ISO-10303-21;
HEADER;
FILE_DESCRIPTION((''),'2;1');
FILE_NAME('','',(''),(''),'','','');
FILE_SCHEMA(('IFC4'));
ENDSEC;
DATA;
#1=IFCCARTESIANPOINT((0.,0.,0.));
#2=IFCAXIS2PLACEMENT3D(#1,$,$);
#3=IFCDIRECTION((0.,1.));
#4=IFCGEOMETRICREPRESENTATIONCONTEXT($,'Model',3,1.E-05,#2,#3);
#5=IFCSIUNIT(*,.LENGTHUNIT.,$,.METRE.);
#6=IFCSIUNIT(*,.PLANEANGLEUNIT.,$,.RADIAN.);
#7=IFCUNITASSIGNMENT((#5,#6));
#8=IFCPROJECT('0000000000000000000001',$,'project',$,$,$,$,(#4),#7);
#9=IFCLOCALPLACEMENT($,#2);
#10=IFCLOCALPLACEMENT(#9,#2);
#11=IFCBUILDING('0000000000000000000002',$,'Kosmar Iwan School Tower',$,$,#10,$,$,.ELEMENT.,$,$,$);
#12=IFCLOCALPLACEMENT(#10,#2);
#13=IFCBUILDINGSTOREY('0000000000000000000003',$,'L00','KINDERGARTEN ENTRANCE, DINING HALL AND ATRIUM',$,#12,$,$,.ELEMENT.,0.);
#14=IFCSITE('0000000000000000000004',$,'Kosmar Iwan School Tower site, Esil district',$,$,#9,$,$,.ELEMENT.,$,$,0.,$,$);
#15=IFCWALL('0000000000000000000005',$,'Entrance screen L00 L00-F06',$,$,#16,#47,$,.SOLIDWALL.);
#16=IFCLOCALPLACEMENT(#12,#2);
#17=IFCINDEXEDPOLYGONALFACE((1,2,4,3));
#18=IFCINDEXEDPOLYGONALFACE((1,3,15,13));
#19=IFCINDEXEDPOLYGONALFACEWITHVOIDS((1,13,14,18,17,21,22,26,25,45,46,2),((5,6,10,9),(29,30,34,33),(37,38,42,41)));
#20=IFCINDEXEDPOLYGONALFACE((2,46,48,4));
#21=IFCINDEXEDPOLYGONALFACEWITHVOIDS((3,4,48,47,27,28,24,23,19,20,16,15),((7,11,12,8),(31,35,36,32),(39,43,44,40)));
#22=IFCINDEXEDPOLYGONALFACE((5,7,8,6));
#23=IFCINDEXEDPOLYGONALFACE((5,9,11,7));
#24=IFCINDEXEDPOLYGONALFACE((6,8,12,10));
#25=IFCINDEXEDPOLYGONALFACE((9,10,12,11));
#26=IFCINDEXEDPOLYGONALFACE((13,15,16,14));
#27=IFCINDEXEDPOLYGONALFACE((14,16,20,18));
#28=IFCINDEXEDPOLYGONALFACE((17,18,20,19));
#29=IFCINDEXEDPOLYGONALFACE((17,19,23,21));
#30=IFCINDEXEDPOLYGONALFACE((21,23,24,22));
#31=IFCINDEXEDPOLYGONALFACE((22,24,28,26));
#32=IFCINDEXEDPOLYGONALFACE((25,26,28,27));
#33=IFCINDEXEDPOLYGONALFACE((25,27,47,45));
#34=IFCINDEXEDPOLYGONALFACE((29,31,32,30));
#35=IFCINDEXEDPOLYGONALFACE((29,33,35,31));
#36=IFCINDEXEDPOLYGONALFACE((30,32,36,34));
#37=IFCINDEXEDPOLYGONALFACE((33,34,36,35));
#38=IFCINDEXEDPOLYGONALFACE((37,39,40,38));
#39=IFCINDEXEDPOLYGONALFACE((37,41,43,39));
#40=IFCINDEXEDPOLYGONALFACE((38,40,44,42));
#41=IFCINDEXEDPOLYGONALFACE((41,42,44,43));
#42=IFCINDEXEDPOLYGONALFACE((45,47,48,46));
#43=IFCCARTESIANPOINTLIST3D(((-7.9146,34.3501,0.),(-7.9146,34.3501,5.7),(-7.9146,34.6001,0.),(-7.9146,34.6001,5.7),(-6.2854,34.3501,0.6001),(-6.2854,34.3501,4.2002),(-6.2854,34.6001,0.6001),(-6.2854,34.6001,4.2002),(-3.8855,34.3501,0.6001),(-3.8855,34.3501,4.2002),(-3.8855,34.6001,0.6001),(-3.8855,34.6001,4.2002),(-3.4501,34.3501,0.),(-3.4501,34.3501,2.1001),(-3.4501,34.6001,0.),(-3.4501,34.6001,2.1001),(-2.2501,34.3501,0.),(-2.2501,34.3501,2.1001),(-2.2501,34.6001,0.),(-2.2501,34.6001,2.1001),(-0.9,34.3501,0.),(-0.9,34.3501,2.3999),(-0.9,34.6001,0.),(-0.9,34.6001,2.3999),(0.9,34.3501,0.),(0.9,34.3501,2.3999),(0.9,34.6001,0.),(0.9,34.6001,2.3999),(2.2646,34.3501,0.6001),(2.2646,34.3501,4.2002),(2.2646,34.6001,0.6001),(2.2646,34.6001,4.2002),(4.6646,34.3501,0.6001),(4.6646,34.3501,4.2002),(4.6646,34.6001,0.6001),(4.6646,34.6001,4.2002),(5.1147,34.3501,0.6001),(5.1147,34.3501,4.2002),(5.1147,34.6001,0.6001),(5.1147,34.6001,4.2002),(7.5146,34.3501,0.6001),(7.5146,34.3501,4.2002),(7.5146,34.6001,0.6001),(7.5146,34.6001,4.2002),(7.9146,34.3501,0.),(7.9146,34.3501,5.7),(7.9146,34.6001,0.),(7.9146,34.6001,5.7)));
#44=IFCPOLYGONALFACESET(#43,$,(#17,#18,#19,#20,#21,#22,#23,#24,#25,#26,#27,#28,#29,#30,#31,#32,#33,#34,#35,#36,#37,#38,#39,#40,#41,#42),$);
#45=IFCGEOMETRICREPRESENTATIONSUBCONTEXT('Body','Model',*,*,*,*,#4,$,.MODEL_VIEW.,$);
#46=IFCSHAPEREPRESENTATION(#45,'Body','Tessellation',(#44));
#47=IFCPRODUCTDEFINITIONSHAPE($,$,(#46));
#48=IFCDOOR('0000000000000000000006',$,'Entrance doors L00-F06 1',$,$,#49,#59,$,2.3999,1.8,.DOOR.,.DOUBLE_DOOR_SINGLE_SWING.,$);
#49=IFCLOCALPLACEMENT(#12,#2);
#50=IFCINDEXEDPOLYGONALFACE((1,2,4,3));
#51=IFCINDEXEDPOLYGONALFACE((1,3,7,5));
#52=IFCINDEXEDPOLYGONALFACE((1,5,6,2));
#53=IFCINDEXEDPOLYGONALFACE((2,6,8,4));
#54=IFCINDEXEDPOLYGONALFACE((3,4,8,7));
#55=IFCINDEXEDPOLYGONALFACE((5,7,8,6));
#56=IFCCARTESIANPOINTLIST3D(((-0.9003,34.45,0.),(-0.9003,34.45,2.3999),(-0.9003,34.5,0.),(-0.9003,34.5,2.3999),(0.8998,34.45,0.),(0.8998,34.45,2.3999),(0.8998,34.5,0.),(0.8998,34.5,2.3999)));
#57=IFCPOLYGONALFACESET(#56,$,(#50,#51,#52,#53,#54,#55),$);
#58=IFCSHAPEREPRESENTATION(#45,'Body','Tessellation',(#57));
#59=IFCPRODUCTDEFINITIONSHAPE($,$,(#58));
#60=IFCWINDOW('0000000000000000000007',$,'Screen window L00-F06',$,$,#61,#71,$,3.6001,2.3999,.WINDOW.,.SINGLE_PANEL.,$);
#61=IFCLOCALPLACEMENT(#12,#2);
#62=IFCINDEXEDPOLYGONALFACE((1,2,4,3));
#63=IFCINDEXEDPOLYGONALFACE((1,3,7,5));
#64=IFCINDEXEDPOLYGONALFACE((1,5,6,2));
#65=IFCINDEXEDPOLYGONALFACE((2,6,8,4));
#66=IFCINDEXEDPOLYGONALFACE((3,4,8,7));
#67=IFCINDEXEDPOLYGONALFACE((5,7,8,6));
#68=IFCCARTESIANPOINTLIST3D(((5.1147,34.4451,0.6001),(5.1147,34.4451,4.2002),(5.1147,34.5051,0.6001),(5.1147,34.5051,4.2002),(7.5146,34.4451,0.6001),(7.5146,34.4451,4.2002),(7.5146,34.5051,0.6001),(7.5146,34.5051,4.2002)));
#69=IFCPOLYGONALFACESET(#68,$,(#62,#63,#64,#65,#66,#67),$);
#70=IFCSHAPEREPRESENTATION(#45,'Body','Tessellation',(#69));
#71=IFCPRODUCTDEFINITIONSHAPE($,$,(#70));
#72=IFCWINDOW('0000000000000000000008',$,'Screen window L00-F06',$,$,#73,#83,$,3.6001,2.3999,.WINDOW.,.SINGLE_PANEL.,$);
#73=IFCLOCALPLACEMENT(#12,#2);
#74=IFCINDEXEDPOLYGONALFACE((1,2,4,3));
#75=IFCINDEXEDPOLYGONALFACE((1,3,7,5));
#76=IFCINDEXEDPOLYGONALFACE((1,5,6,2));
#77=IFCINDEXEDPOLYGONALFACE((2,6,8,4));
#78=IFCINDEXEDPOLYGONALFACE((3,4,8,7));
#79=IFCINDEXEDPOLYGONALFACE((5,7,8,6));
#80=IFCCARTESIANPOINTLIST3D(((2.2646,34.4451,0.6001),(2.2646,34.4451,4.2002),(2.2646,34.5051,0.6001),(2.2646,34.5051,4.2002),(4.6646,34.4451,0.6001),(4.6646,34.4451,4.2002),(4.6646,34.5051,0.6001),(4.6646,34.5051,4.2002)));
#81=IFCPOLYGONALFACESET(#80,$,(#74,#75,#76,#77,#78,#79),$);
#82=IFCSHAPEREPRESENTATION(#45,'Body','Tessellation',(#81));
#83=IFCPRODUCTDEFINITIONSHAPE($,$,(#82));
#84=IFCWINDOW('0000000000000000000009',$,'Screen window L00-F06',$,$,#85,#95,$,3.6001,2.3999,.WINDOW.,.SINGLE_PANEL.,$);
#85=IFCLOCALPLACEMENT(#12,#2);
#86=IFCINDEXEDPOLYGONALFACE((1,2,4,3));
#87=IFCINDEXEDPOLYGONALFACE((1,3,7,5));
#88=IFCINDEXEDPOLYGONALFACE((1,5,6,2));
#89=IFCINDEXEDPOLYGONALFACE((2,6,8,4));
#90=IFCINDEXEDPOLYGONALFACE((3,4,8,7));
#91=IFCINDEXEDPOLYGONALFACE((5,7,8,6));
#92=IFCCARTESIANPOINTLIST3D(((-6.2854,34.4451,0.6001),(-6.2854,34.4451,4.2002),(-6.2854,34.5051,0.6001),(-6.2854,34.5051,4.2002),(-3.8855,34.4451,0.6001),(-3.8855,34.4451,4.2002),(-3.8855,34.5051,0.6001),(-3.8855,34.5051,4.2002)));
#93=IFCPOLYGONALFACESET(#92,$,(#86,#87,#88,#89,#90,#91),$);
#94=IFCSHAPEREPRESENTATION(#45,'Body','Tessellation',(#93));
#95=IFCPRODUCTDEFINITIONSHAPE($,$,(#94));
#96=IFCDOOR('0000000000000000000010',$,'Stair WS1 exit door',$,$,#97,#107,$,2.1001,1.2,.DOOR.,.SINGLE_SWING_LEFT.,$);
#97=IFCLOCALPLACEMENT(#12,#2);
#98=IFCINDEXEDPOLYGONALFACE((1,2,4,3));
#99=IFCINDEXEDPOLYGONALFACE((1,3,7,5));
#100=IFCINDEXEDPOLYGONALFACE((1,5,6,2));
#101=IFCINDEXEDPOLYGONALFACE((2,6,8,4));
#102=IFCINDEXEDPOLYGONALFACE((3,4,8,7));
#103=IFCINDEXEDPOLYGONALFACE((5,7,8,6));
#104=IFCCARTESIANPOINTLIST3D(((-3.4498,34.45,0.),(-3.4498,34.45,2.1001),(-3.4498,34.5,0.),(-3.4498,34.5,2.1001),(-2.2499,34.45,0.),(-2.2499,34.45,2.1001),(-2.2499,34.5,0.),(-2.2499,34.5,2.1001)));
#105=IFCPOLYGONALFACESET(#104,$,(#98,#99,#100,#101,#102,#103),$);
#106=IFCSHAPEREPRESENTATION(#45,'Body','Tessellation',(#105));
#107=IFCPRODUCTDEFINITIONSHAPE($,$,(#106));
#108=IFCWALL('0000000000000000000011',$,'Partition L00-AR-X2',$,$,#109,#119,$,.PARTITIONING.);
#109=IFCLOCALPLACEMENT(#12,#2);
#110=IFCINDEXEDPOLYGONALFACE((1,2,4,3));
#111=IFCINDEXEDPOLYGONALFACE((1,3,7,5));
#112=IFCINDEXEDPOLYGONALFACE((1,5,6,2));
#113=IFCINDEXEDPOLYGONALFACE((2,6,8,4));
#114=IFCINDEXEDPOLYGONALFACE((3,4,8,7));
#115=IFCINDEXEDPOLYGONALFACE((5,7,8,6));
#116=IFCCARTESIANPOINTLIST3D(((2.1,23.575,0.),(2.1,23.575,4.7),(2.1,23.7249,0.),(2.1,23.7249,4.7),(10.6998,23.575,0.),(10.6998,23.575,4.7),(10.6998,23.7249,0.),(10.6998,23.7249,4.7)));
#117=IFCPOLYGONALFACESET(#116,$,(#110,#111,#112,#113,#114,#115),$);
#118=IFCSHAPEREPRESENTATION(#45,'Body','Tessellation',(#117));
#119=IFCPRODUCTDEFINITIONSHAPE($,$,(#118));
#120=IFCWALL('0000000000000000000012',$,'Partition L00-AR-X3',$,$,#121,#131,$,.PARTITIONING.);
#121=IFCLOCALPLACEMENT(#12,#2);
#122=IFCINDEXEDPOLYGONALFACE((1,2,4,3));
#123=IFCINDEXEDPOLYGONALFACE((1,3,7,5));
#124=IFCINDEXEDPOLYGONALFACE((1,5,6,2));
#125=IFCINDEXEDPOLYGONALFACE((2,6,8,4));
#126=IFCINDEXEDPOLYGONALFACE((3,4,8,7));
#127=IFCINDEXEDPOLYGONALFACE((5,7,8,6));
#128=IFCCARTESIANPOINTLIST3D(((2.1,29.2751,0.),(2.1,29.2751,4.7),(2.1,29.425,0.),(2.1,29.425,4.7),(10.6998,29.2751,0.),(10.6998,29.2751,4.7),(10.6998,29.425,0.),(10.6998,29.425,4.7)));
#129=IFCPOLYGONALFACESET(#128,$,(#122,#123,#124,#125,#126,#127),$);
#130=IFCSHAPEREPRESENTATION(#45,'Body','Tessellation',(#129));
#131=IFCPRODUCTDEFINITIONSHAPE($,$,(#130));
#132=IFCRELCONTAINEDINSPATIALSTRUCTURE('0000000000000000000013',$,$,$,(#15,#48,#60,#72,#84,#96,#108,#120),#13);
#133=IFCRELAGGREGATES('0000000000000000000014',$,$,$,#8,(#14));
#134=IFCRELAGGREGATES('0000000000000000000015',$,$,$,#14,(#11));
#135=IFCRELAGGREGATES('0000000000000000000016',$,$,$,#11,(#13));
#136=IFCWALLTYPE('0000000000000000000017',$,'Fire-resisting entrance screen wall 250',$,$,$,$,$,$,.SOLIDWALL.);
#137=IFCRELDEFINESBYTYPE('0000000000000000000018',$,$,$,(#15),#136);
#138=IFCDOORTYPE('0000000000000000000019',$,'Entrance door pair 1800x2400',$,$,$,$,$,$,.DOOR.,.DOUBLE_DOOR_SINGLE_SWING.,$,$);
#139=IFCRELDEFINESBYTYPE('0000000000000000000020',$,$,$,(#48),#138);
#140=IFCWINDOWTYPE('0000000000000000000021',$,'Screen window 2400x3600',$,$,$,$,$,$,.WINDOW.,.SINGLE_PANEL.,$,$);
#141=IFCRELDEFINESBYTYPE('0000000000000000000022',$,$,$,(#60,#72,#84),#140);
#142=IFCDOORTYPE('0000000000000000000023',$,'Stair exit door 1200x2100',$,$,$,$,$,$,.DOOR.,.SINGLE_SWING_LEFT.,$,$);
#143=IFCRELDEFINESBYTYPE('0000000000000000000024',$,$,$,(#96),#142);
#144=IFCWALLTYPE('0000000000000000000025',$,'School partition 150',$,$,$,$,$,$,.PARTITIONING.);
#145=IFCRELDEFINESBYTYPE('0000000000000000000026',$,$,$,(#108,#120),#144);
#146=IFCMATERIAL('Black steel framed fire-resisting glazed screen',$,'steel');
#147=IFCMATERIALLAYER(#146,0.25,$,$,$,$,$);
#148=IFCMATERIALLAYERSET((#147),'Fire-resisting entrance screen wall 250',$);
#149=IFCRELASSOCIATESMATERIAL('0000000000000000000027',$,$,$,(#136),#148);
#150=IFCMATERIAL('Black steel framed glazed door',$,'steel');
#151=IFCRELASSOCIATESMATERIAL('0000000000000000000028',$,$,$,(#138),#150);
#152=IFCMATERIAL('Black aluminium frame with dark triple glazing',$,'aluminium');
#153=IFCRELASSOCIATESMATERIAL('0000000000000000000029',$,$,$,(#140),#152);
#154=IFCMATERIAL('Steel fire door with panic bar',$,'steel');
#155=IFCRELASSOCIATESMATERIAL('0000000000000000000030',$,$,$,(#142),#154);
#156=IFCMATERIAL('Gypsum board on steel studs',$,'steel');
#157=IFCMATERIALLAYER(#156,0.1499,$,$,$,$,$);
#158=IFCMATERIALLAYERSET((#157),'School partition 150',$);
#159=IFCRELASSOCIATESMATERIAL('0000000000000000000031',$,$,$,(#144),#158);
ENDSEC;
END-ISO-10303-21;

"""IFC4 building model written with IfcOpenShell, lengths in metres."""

from ifc_helpers import new_model, si_unit, direction, frame, frame_2d, origin, place, context, subcontext, project, spatial, rectangle, extrude, material, layer, layer_set, type_object, element, fill, save


model = new_model("IFC4")

# Units and contexts
model_context = context("Model", 3, precision=1e-05, world=origin(), true_north=direction((0.0, 1.0)))
body_context = subcontext(model_context, "Body", "Model", "MODEL_VIEW")
ifc_project = project(units=[si_unit("LENGTHUNIT", "METRE"), si_unit("PLANEANGLEUNIT", "RADIAN")], contexts=[model_context])

# Site, building, storey
site_placement = place(None, origin())
site = spatial("IfcSite", under=ifc_project, at=site_placement, Name="Kosmar Iwan School Tower site, Esil district", CompositionType="ELEMENT", RefElevation=0.0)
building_placement = place(site_placement, origin())
building = spatial("IfcBuilding", under=site, at=building_placement, Name="Kosmar Iwan School Tower", CompositionType="ELEMENT")
storey_placement = place(building_placement, origin())
storey = spatial("IfcBuildingStorey", under=building, at=storey_placement, Name="L00", Description="KINDERGARTEN ENTRANCE, DINING HALL AND ATRIUM", CompositionType="ELEMENT", Elevation=0.0)

# Wall, openings, doors, windows
ifc_material_1 = material(Name="Black steel framed fire-resisting glazed screen", Category="steel")
ifc_layer_1 = layer(ifc_material_1, 0.25)
ifc_layer_set_1 = layer_set([ifc_layer_1], Name="Fire-resisting entrance screen wall 250")
wall_type_1 = type_object("IfcWallType", Name="Fire-resisting entrance screen wall 250", PredefinedType="SOLIDWALL", material=ifc_layer_set_1)
wall_1_placement = place(storey_placement, frame((7.9146, 34.4751, 0.0), z_axis=(0.0, 0.0, 1.0), x_axis=(-1.0, 0.0, 0.0)))
wall_1 = element("IfcWall", 1, at=wall_1_placement, inside=storey, type_object=wall_type_1, Name="Entrance screen L00 L00-F06", PredefinedType="SOLIDWALL", context=body_context, shape_type="SweptSolid", body=[
    extrude(rectangle(XDim=15.8291, YDim=0.25, at=frame_2d((7.9146, 0.0))), origin(), (0.0, 0.0, 1.0), 5.7),
])
opening_1_placement = place(wall_1_placement, frame((7.0146, 0.0, 0.0)))
opening_1 = element("IfcOpeningElement", 2, at=opening_1_placement, cuts=wall_1, PredefinedType="OPENING", context=body_context, shape_type="SweptSolid", body=[
    extrude(rectangle(XDim=1.8, YDim=2.3999, at=frame_2d((0.8999, 1.2))), frame((0.0, 0.137, 0.0), z_axis=(0.0, -1.0, 0.0), x_axis=(1.0, 0.0, 0.0)), (0.0, 0.0, 1.0), 0.2739),
])
opening_2_placement = place(wall_1_placement, frame((0.3999, 0.0, 0.6001)))
opening_2 = element("IfcOpeningElement", 3, at=opening_2_placement, cuts=wall_1, PredefinedType="OPENING", context=body_context, shape_type="SweptSolid", body=[
    extrude(rectangle(XDim=2.3999, YDim=3.6001, at=frame_2d((1.2, 1.8))), frame((0.0, 0.137, 0.0), z_axis=(0.0, -1.0, 0.0), x_axis=(1.0, 0.0, 0.0)), (0.0, 0.0, 1.0), 0.2739),
])
opening_3_placement = place(wall_1_placement, frame((3.25, 0.0, 0.6001)))
opening_3 = element("IfcOpeningElement", 4, at=opening_3_placement, cuts=wall_1, PredefinedType="OPENING", context=body_context, shape_type="SweptSolid", body=[
    extrude(rectangle(XDim=2.3999, YDim=3.6001, at=frame_2d((1.2, 1.8))), frame((0.0, 0.137, 0.0), z_axis=(0.0, -1.0, 0.0), x_axis=(1.0, 0.0, 0.0)), (0.0, 0.0, 1.0), 0.2739),
])
opening_4_placement = place(wall_1_placement, frame((11.8, 0.0, 0.6001)))
opening_4 = element("IfcOpeningElement", 5, at=opening_4_placement, cuts=wall_1, PredefinedType="OPENING", context=body_context, shape_type="SweptSolid", body=[
    extrude(rectangle(XDim=2.3999, YDim=3.6001, at=frame_2d((1.2, 1.8))), frame((0.0, 0.137, 0.0), z_axis=(0.0, -1.0, 0.0), x_axis=(1.0, 0.0, 0.0)), (0.0, 0.0, 1.0), 0.2739),
])
opening_5_placement = place(wall_1_placement, frame((10.1646, 0.0, 0.0)))
opening_5 = element("IfcOpeningElement", 6, at=opening_5_placement, cuts=wall_1, PredefinedType="OPENING", context=body_context, shape_type="SweptSolid", body=[
    extrude(rectangle(XDim=1.2, YDim=2.1001, at=frame_2d((0.6001, 1.05))), frame((0.0, 0.137, 0.0), z_axis=(0.0, -1.0, 0.0), x_axis=(1.0, 0.0, 0.0)), (0.0, 0.0, 1.0), 0.2739),
])
ifc_material_2 = material(Name="Black steel framed glazed door", Category="steel")
door_type_1 = type_object("IfcDoorType", Name="Entrance door pair 1800x2400", OperationType="DOUBLE_DOOR_SINGLE_SWING", PredefinedType="DOOR", material=ifc_material_2)
door_1_placement = place(opening_1_placement, frame((1.8, 0.0, 0.0), z_axis=(0.0, 0.0, 1.0), x_axis=(-1.0, 0.0, 0.0)))
door_1 = element("IfcDoor", 7, at=door_1_placement, inside=storey, type_object=door_type_1, Name="Entrance doors L00-F06 1", OperationType="DOUBLE_DOOR_SINGLE_SWING", OverallHeight=2.3999, OverallWidth=1.8, PredefinedType="DOOR", context=body_context, shape_type="SweptSolid", body=[
    extrude(rectangle(XDim=1.8, YDim=2.3999, at=frame_2d((0.8999, 1.2))), frame((0.0, 0.0249, 0.0), z_axis=(0.0, -1.0, 0.0), x_axis=(1.0, 0.0, 0.0)), (0.0, 0.0, 1.0), 0.05),
])
fill(opening_1, door_1)
ifc_material_3 = material(Name="Black aluminium frame with dark triple glazing", Category="aluminium")
window_type = type_object("IfcWindowType", Name="Screen window 2400x3600", PartitioningType="SINGLE_PANEL", PredefinedType="WINDOW", material=ifc_material_3)
window_1_placement = place(opening_2_placement, origin())
window_1 = element("IfcWindow", 8, at=window_1_placement, inside=storey, type_object=window_type, Name="Screen window L00-F06", OverallHeight=3.6001, OverallWidth=2.3999, PartitioningType="SINGLE_PANEL", PredefinedType="WINDOW", context=body_context, shape_type="SweptSolid", body=[
    extrude(rectangle(XDim=2.3999, YDim=3.6001, at=frame_2d((1.2, 1.8))), frame((0.0, 0.03, 0.0), z_axis=(0.0, -1.0, 0.0), x_axis=(1.0, 0.0, 0.0)), (0.0, 0.0, 1.0), 0.0601),
])
fill(opening_2, window_1)
window_2_placement = place(opening_3_placement, origin())
window_2 = element("IfcWindow", 9, at=window_2_placement, inside=storey, type_object=window_type, Name="Screen window L00-F06", OverallHeight=3.6001, OverallWidth=2.3999, PartitioningType="SINGLE_PANEL", PredefinedType="WINDOW", context=body_context, shape_type="SweptSolid", body=[
    extrude(rectangle(XDim=2.3999, YDim=3.6001, at=frame_2d((1.2, 1.8))), frame((0.0, 0.03, 0.0), z_axis=(0.0, -1.0, 0.0), x_axis=(1.0, 0.0, 0.0)), (0.0, 0.0, 1.0), 0.0601),
])
fill(opening_3, window_2)
window_3_placement = place(opening_4_placement, origin())
window_3 = element("IfcWindow", 10, at=window_3_placement, inside=storey, type_object=window_type, Name="Screen window L00-F06", OverallHeight=3.6001, OverallWidth=2.3999, PartitioningType="SINGLE_PANEL", PredefinedType="WINDOW", context=body_context, shape_type="SweptSolid", body=[
    extrude(rectangle(XDim=2.3999, YDim=3.6001, at=frame_2d((1.2, 1.8))), frame((0.0, 0.03, 0.0), z_axis=(0.0, -1.0, 0.0), x_axis=(1.0, 0.0, 0.0)), (0.0, 0.0, 1.0), 0.0601),
])
fill(opening_4, window_3)
ifc_material_4 = material(Name="Steel fire door with panic bar", Category="steel")
door_type_2 = type_object("IfcDoorType", Name="Stair exit door 1200x2100", OperationType="SINGLE_SWING_LEFT", PredefinedType="DOOR", material=ifc_material_4)
door_2_placement = place(opening_5_placement, frame((1.2, 0.0, 0.0), z_axis=(0.0, 0.0, 1.0), x_axis=(-1.0, 0.0, 0.0)))
door_2 = element("IfcDoor", 11, at=door_2_placement, inside=storey, type_object=door_type_2, Name="Stair WS1 exit door", OperationType="SINGLE_SWING_LEFT", OverallHeight=2.1001, OverallWidth=1.2, PredefinedType="DOOR", context=body_context, shape_type="SweptSolid", body=[
    extrude(rectangle(XDim=1.2, YDim=2.1001, at=frame_2d((0.6001, 1.05))), frame((0.0, 0.0249, 0.0), z_axis=(0.0, -1.0, 0.0), x_axis=(1.0, 0.0, 0.0)), (0.0, 0.0, 1.0), 0.05),
])
fill(opening_5, door_2)

# Walls
ifc_material_5 = material(Name="Gypsum board on steel studs", Category="steel")
ifc_layer_2 = layer(ifc_material_5, 0.1499)
ifc_layer_set_2 = layer_set([ifc_layer_2], Name="School partition 150")
wall_type_2 = type_object("IfcWallType", Name="School partition 150", PredefinedType="PARTITIONING", material=ifc_layer_set_2)
for number, where, z_axis, x_axis, name in (
    (12, (2.1001, 23.6499, 0.0), (0.0, 0.0, 1.0), (1.0, 0.0, 0.0), "Partition L00-AR-X2"),
    (13, (2.1001, 29.3501, 0.0), (0.0, 0.0, 1.0), (1.0, 0.0, 0.0), "Partition L00-AR-X3"),
):
    element("IfcWall", number, at=place(storey_placement, frame(where, z_axis=z_axis, x_axis=x_axis)), inside=storey, type_object=wall_type_2, Name=name, PredefinedType="PARTITIONING", context=body_context, shape_type="SweptSolid", body=[
        extrude(rectangle(XDim=8.5999, YDim=0.1499, at=frame_2d((4.2998, 0.0))), origin(), (0.0, 0.0, 1.0), 4.7),
    ])

save(model, "model.ifc")
